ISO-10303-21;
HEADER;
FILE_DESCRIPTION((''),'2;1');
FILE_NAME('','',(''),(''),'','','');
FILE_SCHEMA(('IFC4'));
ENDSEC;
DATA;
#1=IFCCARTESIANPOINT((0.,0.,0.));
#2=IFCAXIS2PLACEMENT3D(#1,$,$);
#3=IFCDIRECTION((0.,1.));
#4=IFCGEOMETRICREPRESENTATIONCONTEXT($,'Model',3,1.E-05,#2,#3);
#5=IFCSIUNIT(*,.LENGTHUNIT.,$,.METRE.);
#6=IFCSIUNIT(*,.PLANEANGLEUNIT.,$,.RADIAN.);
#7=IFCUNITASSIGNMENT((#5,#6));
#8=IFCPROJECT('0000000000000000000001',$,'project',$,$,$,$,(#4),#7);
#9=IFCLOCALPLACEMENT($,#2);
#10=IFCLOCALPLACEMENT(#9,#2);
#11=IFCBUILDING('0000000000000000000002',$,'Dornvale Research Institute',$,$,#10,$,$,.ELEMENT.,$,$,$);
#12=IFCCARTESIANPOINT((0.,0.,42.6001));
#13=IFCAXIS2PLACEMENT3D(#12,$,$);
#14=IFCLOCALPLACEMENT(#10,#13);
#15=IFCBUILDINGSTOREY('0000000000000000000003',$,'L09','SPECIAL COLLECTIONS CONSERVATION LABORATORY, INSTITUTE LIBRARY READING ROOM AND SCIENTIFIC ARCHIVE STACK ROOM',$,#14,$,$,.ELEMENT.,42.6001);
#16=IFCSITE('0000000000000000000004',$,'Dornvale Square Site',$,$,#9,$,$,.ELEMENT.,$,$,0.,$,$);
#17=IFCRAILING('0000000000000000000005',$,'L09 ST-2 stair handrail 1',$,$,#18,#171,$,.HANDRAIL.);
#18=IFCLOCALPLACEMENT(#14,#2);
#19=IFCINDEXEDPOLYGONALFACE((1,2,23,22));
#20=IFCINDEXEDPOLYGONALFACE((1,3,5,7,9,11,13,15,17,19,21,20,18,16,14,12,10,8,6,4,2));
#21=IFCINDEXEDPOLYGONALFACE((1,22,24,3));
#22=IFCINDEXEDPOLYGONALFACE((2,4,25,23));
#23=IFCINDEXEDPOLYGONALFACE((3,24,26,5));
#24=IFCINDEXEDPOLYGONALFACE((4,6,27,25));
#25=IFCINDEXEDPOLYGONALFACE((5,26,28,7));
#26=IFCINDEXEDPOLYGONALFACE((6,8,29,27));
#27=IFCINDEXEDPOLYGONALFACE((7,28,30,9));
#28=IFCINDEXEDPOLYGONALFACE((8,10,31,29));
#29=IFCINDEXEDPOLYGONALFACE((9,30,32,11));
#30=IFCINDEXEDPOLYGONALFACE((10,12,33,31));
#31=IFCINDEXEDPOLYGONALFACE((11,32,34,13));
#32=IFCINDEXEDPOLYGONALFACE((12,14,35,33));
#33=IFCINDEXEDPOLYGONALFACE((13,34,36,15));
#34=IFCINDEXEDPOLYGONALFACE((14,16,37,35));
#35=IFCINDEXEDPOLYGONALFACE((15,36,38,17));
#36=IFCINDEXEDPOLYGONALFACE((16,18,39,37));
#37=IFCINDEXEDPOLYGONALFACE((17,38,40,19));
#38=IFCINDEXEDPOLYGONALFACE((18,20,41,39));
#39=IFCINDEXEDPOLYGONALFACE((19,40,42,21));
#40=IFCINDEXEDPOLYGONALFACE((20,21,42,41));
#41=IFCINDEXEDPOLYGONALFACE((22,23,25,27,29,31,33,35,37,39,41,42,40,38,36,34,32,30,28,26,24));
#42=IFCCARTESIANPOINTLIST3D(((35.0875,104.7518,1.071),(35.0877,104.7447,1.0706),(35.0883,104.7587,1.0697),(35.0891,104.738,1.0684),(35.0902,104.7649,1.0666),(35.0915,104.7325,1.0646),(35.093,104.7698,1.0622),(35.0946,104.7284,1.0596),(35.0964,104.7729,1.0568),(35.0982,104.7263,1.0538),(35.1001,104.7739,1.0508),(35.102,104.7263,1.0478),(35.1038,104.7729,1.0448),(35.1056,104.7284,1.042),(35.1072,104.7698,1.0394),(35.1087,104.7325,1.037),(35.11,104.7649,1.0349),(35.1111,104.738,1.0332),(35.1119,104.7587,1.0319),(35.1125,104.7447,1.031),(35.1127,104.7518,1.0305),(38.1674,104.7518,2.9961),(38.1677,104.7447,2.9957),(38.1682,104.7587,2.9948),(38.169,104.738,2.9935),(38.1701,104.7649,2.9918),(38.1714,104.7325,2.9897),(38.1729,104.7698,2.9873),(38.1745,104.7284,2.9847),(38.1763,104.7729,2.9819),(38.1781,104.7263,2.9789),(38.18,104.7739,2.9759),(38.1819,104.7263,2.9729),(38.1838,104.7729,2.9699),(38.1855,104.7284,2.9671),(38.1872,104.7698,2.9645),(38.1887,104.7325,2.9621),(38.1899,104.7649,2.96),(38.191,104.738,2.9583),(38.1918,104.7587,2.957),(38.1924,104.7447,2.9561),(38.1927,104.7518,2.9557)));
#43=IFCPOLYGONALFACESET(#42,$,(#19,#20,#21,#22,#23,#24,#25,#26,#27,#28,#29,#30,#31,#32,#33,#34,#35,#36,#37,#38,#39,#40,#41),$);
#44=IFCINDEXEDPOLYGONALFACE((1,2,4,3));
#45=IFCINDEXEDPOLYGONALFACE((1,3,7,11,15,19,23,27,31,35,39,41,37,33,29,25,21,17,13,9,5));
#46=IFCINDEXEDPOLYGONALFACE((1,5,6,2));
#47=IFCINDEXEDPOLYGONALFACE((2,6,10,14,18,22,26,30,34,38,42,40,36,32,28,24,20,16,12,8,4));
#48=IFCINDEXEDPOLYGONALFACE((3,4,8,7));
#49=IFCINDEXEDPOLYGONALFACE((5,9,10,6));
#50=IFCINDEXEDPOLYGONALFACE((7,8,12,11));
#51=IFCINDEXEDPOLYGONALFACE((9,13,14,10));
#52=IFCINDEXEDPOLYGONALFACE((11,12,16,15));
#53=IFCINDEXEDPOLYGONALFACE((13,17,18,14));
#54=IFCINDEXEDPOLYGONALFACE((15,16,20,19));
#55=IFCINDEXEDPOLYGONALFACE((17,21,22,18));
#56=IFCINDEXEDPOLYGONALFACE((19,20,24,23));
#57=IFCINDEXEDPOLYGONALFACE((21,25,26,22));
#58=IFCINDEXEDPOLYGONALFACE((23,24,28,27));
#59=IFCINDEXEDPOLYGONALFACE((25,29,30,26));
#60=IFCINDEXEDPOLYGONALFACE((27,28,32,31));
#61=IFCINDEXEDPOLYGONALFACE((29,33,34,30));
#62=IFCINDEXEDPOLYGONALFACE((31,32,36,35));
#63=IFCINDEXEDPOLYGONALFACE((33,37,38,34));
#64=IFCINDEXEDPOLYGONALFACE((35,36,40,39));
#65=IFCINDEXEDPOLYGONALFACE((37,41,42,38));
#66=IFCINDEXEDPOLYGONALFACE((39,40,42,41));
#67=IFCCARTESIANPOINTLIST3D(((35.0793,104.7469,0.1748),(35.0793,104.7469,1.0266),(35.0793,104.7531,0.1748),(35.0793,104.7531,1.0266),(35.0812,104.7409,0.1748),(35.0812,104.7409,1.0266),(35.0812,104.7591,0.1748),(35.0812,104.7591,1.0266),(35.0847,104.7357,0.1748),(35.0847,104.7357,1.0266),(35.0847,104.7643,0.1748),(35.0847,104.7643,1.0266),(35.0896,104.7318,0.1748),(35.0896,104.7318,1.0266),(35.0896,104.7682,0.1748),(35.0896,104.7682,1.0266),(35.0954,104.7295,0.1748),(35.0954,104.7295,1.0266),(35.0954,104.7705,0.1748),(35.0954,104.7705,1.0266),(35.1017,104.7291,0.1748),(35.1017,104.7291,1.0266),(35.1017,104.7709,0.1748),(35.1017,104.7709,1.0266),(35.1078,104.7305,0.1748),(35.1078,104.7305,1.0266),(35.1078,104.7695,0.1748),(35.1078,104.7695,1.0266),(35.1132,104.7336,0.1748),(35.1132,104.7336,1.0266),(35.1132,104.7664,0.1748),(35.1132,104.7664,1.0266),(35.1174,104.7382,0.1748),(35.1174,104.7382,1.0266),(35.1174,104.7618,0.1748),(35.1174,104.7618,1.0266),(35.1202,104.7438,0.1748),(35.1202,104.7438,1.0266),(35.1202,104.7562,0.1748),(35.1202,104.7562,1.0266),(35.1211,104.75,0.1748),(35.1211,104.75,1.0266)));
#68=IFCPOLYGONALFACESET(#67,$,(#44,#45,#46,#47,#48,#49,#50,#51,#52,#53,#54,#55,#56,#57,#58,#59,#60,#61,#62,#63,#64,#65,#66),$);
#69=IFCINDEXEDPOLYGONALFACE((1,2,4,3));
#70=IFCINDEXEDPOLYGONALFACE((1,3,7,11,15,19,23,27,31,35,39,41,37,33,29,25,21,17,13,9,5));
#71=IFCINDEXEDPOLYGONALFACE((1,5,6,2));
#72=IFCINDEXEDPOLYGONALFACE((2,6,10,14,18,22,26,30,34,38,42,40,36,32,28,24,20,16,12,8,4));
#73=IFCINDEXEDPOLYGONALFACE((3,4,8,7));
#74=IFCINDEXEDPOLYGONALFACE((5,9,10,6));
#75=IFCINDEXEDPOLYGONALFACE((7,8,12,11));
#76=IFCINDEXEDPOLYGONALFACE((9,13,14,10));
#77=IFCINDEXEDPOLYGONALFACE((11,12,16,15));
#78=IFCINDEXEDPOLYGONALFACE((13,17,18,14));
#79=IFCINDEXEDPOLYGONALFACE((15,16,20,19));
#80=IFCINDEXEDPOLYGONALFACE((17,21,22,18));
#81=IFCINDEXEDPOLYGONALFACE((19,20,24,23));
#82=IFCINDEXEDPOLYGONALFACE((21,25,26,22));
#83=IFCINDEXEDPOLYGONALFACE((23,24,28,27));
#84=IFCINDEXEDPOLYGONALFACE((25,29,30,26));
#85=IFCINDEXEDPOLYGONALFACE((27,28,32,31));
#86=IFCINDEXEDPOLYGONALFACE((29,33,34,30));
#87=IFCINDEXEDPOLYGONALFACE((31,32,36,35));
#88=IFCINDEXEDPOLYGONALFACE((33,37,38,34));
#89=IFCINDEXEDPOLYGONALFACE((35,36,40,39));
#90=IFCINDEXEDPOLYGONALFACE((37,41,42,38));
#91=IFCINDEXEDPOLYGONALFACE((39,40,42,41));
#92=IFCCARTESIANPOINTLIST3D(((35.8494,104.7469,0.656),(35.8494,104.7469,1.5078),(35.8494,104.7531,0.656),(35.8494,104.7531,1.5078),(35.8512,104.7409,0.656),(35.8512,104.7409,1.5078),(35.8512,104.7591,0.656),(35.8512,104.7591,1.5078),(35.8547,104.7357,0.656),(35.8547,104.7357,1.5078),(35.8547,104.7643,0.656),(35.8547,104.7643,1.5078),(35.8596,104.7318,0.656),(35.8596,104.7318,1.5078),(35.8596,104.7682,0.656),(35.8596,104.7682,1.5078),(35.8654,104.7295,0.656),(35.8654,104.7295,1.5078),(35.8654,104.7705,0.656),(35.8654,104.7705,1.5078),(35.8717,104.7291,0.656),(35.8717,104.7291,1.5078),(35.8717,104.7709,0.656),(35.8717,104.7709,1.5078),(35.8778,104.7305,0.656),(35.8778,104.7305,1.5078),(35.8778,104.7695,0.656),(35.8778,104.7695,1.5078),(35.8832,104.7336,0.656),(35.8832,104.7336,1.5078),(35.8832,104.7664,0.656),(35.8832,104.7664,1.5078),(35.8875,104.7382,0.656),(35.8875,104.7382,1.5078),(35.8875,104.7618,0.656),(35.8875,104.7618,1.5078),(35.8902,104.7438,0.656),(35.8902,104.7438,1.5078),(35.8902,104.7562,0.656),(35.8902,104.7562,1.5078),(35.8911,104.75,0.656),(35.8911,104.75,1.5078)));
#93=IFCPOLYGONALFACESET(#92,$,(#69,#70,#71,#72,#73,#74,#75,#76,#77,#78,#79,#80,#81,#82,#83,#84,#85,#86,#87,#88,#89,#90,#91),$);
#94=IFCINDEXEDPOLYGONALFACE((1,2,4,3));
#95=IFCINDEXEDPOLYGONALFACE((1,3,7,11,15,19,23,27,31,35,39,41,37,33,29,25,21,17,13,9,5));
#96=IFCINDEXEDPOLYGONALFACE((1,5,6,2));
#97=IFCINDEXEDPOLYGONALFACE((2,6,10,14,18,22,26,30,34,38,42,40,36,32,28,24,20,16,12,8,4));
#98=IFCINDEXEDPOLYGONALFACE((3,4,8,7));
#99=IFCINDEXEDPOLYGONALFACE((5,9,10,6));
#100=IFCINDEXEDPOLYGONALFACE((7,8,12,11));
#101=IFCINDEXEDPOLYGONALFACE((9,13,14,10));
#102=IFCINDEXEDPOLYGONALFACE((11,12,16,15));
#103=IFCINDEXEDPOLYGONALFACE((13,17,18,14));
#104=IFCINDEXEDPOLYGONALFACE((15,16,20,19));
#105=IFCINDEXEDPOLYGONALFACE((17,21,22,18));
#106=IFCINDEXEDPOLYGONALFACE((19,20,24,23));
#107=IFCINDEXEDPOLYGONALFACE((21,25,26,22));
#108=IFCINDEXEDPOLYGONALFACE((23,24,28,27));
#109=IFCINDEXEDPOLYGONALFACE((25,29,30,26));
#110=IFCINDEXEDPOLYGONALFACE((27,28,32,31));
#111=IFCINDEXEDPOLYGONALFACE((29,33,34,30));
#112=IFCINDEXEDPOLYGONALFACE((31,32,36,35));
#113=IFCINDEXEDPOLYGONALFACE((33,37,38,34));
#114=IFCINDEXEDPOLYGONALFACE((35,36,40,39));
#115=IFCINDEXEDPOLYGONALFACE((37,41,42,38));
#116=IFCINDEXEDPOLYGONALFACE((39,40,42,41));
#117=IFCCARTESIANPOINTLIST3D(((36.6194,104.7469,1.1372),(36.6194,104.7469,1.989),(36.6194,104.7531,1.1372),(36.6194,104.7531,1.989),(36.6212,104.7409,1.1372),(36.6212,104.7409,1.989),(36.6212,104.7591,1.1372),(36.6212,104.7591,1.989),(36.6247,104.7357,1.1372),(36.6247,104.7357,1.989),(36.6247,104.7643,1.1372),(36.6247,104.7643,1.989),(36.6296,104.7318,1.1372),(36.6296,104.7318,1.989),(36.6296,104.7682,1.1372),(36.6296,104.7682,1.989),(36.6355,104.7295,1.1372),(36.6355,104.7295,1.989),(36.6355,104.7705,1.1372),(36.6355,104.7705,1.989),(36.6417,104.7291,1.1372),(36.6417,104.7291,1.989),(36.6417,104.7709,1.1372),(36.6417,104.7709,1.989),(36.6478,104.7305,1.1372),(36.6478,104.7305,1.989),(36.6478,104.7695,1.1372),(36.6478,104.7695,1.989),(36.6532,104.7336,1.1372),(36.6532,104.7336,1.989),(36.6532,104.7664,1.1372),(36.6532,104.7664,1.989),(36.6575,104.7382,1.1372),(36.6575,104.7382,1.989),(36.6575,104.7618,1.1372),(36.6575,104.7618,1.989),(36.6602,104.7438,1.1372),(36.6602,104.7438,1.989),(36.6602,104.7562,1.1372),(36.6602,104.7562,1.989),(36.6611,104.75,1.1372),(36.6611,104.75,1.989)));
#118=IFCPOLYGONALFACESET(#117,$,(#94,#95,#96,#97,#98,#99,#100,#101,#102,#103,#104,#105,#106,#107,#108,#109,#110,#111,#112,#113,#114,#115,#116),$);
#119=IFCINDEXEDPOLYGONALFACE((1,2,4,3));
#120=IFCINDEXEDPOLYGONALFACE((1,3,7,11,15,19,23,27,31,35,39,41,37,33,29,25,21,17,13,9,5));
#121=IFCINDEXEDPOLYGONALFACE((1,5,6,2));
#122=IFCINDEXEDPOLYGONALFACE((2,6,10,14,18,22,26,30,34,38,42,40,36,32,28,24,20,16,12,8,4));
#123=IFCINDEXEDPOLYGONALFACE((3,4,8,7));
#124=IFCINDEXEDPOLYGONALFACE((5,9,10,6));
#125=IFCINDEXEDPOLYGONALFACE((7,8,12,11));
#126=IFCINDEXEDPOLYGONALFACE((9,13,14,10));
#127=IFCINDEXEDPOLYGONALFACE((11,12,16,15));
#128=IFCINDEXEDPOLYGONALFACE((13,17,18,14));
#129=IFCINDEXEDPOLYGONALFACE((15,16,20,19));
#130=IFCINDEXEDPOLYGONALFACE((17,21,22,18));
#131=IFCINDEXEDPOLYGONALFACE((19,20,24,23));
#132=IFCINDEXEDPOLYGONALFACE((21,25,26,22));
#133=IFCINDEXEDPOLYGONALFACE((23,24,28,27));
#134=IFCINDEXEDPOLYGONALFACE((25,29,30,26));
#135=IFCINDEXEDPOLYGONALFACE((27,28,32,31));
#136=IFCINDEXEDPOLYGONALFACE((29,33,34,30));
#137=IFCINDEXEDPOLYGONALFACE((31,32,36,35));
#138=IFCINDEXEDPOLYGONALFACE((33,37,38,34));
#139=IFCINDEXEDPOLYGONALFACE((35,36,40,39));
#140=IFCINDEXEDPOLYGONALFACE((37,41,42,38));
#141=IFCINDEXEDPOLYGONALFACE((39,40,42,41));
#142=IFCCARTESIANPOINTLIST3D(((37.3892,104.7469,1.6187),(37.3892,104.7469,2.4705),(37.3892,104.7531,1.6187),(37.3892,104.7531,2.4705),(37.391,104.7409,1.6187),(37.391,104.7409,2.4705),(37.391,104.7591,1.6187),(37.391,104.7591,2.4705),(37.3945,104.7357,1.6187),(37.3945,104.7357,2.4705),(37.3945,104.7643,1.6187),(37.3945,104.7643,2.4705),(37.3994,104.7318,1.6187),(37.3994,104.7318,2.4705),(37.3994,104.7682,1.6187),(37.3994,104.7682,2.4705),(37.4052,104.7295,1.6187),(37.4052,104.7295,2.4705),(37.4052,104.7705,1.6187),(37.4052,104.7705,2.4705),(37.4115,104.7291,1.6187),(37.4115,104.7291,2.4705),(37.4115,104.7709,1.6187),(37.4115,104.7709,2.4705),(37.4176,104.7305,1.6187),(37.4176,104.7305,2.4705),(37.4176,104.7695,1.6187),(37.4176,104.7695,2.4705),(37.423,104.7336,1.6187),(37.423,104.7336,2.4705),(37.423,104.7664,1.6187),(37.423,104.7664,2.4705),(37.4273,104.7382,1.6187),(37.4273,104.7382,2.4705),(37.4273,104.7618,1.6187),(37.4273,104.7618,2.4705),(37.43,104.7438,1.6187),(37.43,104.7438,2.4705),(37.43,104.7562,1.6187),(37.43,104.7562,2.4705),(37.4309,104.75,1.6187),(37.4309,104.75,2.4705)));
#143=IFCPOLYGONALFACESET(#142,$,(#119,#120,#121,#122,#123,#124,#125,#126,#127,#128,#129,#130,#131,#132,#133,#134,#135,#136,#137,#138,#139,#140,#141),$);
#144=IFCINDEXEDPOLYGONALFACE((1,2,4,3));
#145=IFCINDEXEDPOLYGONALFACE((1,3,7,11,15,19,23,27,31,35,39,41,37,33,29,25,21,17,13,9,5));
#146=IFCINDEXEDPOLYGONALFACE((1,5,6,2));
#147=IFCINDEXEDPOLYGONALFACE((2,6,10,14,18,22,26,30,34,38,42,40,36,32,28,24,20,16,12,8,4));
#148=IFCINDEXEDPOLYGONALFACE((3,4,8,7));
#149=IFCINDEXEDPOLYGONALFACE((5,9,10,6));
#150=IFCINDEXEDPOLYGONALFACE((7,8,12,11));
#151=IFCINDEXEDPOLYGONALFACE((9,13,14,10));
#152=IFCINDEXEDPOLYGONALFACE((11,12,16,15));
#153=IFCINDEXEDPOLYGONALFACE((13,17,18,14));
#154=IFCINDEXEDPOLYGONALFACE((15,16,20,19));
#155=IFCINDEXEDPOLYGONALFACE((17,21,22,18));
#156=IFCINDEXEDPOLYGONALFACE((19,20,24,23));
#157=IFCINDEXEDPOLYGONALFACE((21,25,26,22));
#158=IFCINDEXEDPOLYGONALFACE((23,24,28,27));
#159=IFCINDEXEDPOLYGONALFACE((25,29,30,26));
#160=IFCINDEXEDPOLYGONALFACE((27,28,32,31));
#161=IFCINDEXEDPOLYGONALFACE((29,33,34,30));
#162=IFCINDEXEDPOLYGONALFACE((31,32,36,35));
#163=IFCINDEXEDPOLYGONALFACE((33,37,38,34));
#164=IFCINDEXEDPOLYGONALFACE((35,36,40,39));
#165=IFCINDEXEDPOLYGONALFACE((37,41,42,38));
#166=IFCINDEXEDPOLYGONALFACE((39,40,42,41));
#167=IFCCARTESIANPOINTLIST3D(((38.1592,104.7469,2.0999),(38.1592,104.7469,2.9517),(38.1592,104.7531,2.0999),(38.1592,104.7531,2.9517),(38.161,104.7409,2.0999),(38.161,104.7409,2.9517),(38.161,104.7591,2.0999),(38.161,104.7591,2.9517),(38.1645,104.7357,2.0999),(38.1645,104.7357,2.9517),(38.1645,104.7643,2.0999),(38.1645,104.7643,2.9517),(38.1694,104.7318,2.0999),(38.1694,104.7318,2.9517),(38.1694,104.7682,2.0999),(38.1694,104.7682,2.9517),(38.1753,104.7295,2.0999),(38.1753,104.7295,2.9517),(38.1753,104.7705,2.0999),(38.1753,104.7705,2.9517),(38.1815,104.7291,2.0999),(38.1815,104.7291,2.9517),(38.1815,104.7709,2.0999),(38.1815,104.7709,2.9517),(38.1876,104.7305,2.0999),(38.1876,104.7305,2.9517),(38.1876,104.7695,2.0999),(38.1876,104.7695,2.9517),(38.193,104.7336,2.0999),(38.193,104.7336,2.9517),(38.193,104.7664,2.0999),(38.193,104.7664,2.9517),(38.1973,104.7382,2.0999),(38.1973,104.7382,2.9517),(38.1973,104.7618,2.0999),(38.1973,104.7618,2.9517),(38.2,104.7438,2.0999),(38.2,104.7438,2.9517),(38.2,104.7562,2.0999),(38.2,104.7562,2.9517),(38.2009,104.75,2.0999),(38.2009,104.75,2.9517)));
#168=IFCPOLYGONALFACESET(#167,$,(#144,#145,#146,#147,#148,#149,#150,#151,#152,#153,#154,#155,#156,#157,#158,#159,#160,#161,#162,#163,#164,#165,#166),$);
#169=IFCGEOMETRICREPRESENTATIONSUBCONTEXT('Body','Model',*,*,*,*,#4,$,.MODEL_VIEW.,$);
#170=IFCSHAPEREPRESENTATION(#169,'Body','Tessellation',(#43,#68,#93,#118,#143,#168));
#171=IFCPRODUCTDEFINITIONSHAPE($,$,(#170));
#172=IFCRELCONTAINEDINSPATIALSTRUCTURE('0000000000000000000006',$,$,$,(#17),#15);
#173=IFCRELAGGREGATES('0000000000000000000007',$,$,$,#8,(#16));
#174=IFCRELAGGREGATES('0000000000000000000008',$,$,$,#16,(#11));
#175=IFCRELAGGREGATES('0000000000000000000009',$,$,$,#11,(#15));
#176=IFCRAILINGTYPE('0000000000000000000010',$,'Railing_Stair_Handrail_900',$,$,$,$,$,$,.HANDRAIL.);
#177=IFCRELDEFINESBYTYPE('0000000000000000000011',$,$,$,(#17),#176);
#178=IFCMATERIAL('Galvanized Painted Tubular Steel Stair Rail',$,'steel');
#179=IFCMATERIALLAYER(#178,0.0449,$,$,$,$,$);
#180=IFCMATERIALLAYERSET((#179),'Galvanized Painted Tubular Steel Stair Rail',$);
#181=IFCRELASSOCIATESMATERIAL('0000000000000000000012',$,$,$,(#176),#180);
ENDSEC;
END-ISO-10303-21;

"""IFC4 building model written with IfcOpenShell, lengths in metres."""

from ifc_helpers import new_model, si_unit, direction, frame, origin, origin_2d, place, context, subcontext, project, spatial, circle, extrude, material, layer, layer_set, type_object, element, save


model = new_model("IFC4")

# Units and contexts
model_context = context("Model", 3, precision=1e-05, world=origin(), true_north=direction((0.0, 1.0)))
body_context = subcontext(model_context, "Body", "Model", "MODEL_VIEW")
ifc_project = project(units=[si_unit("LENGTHUNIT", "METRE"), si_unit("PLANEANGLEUNIT", "RADIAN")], contexts=[model_context])

# Site, building, storey
site_placement = place(None, origin())
site = spatial("IfcSite", under=ifc_project, at=site_placement, Name="Dornvale Square Site", CompositionType="ELEMENT", RefElevation=0.0)
building_placement = place(site_placement, origin())
building = spatial("IfcBuilding", under=site, at=building_placement, Name="Dornvale Research Institute", CompositionType="ELEMENT")
storey_placement = place(building_placement, frame((0.0, 0.0, 42.6001)))
storey = spatial("IfcBuildingStorey", under=building, at=storey_placement, Name="L09", Description="SPECIAL COLLECTIONS CONSERVATION LABORATORY, INSTITUTE LIBRARY READING ROOM AND SCIENTIFIC ARCHIVE STACK ROOM", CompositionType="ELEMENT", Elevation=42.6001)

# Railing
ifc_material_1 = material(Name="Galvanized Painted Tubular Steel Stair Rail", Category="steel")
ifc_layer_1 = layer(ifc_material_1, 0.0449)
ifc_layer_set_1 = layer_set([ifc_layer_1], Name="Galvanized Painted Tubular Steel Stair Rail")
railing_type = type_object("IfcRailingType", Name="Railing_Stair_Handrail_900", PredefinedType="HANDRAIL", material=ifc_layer_set_1)
railing_placement = place(storey_placement, frame((35.1001, 104.75, 0.1748)))
element("IfcRailing", 1, at=railing_placement, inside=storey, type_object=railing_type, Name="L09 ST-2 stair handrail 1", PredefinedType="HANDRAIL", context=body_context, shape_type="SweptSolid", body=[
    extrude(circle(Radius=0.0239, at=origin_2d()), frame((0.0, 0.0, 0.876), z_axis=(0.847979, 0.0, 0.530029), x_axis=(0.0, 1.0, 0.0)), (0.0, 0.0, 1.0), 3.6321),
    extrude(circle(Radius=0.021, at=origin_2d()), origin(), (0.0, 0.0, 1.0), 0.8518),
    extrude(circle(Radius=0.021, at=origin_2d()), frame((0.77, 0.0, 0.4812)), (0.0, 0.0, 1.0), 0.8518),
    extrude(circle(Radius=0.021, at=origin_2d()), frame((1.54, 0.0, 0.9624)), (0.0, 0.0, 1.0), 0.8518),
    extrude(circle(Radius=0.021, at=origin_2d()), frame((2.3098, 0.0, 1.4438)), (0.0, 0.0, 1.0), 0.8518),
    extrude(circle(Radius=0.021, at=origin_2d()), frame((3.0798, 0.0, 1.925)), (0.0, 0.0, 1.0), 0.8518),
])

save(model, "model.ifc")
